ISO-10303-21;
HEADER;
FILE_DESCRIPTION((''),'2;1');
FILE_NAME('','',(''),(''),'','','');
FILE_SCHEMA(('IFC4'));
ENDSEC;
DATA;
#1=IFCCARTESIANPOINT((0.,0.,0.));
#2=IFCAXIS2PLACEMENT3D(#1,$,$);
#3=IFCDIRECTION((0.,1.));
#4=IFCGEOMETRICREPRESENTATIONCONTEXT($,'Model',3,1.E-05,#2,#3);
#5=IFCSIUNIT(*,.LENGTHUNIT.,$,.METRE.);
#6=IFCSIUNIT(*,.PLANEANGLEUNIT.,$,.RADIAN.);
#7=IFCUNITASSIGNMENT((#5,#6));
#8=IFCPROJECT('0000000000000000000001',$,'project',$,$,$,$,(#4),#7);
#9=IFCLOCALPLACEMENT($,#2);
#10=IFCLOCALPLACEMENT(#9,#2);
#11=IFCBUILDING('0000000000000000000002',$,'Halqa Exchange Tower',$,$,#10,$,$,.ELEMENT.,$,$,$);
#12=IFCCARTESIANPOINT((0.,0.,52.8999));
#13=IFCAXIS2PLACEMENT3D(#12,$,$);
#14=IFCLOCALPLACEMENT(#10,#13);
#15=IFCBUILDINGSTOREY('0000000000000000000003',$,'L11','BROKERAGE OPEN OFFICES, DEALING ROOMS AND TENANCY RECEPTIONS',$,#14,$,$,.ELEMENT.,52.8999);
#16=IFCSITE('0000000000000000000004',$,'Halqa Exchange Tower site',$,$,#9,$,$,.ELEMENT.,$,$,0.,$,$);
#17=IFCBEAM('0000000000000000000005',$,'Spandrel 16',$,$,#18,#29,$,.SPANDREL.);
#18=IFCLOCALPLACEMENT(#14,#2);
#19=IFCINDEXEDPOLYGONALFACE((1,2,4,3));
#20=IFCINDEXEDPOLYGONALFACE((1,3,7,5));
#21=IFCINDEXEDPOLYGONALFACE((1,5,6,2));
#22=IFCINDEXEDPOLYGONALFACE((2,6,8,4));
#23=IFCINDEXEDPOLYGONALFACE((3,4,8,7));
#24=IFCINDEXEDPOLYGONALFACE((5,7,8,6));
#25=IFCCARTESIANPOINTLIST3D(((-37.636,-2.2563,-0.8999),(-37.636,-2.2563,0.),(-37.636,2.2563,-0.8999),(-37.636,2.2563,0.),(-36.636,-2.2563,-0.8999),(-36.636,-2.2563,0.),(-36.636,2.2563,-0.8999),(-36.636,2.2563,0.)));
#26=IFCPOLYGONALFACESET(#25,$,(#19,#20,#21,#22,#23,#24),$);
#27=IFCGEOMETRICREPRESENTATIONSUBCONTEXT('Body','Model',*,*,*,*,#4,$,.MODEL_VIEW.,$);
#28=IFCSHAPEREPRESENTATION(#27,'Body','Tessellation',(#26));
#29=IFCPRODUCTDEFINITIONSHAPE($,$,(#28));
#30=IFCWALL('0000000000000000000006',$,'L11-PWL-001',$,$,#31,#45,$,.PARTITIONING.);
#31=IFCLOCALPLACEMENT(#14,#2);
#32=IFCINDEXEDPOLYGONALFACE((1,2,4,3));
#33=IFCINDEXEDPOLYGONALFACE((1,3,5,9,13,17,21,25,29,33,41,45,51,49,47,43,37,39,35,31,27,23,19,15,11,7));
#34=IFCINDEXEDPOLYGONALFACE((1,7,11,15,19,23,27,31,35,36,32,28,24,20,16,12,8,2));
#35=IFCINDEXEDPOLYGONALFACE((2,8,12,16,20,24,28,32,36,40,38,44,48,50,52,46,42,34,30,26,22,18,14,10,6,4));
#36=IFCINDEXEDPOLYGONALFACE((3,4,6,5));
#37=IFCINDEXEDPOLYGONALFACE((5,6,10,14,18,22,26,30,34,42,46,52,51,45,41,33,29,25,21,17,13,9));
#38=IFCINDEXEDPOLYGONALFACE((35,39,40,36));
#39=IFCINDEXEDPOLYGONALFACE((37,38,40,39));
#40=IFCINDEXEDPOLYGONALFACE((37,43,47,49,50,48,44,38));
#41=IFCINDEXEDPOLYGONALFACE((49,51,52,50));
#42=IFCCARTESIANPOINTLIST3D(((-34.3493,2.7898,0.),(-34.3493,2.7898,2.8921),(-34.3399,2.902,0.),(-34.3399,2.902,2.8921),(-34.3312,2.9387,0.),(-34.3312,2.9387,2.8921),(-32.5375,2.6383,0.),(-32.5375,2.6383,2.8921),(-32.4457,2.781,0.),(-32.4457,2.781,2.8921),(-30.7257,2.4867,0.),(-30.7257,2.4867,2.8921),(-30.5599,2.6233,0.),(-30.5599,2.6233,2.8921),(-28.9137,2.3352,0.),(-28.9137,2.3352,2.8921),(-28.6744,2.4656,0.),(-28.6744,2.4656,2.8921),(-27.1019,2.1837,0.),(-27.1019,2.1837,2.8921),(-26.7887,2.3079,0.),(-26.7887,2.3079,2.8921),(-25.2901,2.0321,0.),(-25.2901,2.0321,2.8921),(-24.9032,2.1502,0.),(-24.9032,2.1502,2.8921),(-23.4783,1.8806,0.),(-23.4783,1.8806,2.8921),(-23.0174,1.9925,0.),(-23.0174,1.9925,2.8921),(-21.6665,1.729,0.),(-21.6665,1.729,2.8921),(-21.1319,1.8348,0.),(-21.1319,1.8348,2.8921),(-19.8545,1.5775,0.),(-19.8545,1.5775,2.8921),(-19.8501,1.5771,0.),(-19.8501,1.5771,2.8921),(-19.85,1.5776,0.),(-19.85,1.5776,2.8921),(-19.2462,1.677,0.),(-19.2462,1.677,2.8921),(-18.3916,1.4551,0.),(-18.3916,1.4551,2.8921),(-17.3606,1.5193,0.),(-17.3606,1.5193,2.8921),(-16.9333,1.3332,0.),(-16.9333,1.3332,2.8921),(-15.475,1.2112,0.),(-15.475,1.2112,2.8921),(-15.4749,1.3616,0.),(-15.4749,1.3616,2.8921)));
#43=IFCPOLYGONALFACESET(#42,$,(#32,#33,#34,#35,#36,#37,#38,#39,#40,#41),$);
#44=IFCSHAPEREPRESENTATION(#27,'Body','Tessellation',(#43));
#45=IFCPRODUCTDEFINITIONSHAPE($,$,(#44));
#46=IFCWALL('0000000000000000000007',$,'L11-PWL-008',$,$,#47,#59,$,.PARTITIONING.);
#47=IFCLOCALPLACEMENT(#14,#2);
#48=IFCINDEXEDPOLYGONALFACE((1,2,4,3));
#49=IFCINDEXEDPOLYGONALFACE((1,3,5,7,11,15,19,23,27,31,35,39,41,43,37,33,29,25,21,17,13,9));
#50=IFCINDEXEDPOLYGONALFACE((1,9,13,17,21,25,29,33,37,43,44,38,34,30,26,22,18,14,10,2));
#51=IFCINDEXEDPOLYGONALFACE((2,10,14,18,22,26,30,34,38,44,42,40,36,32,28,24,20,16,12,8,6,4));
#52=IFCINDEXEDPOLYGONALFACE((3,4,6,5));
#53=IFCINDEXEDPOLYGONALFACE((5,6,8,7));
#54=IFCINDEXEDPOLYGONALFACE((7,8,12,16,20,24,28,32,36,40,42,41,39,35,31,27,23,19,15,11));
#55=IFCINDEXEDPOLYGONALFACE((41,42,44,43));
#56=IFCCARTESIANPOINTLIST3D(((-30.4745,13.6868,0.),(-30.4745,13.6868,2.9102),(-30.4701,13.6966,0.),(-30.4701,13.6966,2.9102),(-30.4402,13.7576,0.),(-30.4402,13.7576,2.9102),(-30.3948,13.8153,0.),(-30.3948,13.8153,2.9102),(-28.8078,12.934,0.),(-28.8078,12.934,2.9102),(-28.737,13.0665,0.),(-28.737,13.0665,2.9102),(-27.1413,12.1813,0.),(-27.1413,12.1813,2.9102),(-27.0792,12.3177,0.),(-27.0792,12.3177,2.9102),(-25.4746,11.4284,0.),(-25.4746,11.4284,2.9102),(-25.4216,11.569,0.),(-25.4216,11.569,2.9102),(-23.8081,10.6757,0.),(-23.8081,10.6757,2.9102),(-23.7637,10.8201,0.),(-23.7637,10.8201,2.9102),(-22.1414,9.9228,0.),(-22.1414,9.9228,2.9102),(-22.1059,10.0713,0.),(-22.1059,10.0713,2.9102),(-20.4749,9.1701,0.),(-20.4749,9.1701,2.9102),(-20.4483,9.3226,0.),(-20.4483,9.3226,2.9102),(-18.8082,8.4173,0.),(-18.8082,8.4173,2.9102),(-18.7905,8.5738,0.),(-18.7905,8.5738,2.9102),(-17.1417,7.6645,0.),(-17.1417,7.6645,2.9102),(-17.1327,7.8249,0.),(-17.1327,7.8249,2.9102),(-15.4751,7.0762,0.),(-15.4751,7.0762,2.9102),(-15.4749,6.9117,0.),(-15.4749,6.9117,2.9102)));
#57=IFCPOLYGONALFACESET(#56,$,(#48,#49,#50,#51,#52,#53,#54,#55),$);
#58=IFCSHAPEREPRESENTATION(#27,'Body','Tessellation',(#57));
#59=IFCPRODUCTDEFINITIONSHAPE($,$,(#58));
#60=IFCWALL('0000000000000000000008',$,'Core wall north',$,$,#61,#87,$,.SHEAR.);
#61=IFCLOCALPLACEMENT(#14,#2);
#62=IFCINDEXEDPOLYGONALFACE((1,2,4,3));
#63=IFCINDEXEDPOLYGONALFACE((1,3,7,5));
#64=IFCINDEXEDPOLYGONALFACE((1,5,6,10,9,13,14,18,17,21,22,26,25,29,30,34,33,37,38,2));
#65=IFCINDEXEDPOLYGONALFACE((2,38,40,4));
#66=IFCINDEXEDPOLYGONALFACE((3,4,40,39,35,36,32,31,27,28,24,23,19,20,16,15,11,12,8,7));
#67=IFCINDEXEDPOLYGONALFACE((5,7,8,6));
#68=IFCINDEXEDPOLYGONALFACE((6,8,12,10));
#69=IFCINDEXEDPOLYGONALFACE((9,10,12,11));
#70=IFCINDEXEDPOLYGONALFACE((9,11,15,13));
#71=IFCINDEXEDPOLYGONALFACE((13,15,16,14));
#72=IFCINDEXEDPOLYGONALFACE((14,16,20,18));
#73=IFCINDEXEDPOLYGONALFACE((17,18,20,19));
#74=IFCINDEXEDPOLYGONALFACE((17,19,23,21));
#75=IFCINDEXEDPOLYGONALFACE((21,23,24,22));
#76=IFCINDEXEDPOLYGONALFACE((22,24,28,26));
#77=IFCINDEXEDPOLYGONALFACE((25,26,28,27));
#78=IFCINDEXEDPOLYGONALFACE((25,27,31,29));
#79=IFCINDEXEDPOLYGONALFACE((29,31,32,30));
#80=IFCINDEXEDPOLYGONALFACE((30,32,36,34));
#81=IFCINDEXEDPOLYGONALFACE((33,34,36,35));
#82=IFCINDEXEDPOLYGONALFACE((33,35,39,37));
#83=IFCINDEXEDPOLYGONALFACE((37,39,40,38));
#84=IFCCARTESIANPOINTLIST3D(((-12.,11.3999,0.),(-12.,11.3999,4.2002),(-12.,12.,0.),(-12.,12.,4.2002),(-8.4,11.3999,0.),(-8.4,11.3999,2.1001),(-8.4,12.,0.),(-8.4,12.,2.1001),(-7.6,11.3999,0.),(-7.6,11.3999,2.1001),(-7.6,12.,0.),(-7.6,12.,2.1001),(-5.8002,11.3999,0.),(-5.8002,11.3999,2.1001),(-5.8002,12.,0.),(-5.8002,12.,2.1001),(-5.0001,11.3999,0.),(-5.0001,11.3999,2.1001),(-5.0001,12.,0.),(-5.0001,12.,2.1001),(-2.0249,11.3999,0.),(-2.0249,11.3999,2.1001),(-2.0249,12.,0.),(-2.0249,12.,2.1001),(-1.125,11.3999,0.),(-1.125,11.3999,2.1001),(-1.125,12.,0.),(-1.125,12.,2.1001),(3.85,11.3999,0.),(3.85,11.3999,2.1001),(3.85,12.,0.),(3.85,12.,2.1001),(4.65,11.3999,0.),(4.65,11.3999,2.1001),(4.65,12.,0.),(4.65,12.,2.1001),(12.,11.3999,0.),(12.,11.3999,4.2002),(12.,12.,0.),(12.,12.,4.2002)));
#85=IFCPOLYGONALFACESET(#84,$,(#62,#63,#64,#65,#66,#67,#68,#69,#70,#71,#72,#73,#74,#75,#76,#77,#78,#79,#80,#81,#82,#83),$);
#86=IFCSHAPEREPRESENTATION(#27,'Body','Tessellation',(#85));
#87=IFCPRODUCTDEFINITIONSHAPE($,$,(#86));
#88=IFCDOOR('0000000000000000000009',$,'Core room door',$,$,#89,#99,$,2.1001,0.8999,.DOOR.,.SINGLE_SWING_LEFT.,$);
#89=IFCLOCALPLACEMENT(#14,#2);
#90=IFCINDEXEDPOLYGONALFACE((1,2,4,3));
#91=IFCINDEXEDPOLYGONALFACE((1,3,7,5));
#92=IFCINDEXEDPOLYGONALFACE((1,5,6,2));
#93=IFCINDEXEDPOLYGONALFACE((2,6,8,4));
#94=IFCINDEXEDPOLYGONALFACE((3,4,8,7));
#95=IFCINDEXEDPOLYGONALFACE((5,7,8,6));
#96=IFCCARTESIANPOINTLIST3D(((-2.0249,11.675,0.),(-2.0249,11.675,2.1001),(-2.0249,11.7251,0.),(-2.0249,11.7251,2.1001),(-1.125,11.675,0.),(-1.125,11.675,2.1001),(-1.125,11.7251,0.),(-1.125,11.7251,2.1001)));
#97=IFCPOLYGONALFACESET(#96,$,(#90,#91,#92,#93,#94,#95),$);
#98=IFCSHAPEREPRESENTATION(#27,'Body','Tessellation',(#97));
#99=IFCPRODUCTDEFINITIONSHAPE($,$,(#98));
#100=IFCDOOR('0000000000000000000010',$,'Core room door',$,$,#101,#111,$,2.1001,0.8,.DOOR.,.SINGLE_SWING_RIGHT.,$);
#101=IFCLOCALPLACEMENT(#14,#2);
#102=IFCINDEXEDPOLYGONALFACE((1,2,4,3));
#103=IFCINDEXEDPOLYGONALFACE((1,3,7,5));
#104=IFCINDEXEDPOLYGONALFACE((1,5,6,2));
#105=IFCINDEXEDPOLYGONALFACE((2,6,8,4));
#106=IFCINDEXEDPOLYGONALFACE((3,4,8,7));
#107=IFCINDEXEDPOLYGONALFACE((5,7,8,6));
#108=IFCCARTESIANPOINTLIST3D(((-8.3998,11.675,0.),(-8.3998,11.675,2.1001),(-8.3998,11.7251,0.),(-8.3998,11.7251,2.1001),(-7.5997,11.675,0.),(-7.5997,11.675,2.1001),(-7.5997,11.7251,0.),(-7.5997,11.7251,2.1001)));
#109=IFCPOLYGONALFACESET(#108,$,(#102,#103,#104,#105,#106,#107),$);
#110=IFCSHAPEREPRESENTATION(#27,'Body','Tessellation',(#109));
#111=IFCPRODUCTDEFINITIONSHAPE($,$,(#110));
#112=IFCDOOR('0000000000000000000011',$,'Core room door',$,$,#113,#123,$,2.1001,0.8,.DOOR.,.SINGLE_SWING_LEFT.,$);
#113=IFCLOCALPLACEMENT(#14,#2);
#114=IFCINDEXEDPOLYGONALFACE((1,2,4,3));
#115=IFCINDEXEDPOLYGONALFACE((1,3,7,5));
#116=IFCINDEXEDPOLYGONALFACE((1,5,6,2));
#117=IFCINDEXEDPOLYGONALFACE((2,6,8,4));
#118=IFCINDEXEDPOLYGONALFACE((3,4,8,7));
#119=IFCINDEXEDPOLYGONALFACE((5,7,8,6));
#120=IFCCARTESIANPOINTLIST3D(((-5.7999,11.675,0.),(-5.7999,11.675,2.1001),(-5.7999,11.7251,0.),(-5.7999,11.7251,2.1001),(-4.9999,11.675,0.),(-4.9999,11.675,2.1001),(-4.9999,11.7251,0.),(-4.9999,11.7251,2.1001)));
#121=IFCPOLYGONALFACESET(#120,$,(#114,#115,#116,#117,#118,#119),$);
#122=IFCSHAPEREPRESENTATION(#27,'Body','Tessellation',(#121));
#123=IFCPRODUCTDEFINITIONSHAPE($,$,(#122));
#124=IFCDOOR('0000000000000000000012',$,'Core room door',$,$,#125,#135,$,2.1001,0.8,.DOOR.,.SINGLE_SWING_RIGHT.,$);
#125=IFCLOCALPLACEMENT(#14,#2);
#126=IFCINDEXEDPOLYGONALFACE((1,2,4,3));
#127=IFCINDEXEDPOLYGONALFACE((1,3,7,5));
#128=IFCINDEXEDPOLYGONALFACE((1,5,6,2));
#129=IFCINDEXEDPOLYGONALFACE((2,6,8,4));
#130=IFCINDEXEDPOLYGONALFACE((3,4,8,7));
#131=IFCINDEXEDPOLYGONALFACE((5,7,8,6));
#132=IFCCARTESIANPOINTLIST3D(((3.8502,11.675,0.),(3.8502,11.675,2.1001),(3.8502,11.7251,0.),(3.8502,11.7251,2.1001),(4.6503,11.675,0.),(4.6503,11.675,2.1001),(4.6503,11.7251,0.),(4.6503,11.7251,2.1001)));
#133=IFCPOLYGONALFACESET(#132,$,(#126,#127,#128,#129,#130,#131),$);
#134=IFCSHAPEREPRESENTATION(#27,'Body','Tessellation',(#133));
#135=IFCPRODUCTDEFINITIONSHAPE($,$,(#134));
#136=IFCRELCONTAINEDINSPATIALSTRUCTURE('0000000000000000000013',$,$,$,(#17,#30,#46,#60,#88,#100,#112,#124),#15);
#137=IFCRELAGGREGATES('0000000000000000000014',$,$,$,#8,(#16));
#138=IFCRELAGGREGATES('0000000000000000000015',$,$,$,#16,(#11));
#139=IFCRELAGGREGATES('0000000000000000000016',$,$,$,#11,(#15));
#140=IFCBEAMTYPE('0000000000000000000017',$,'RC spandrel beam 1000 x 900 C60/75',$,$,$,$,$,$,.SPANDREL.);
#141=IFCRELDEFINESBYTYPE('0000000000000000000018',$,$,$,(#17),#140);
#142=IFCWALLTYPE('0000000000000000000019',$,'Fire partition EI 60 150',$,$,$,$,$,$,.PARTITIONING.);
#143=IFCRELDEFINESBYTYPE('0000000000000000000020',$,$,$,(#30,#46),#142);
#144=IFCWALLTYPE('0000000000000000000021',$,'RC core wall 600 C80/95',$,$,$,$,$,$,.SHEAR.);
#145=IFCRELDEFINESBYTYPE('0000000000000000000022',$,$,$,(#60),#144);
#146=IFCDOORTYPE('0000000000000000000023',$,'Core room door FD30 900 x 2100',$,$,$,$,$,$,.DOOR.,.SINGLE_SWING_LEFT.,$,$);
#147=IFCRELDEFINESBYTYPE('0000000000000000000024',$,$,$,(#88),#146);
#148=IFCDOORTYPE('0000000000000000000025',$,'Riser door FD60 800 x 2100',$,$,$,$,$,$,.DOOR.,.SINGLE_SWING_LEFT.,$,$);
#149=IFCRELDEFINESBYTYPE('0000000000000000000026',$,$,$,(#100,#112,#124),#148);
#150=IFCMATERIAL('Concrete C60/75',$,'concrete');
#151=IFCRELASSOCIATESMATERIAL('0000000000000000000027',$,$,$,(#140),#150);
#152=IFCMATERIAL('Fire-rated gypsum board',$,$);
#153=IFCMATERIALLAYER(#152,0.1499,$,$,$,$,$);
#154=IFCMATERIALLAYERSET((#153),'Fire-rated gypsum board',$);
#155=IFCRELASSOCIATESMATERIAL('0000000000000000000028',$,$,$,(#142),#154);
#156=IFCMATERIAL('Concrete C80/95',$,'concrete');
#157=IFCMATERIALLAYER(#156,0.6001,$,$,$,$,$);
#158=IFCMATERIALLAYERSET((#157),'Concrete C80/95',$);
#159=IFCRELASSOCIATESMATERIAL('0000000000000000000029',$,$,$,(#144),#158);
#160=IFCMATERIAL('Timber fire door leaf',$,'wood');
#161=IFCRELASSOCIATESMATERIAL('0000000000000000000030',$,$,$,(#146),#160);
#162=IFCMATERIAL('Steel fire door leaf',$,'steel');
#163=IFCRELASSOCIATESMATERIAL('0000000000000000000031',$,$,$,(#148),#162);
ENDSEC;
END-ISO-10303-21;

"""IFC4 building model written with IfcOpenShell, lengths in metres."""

from ifc_helpers import new_model, si_unit, direction, frame, frame_2d, origin, origin_2d, place, context, subcontext, project, spatial, polyline, rectangle, outline, extrude, material, layer, layer_set, material_profile, profile_set, type_object, element, fill, save


model = new_model("IFC4")

# Units and contexts
model_context = context("Model", 3, precision=1e-05, world=origin(), true_north=direction((0.0, 1.0)))
body_context = subcontext(model_context, "Body", "Model", "MODEL_VIEW")
ifc_project = project(units=[si_unit("LENGTHUNIT", "METRE"), si_unit("PLANEANGLEUNIT", "RADIAN")], contexts=[model_context])

# Site, building, storey
site_placement = place(None, origin())
site = spatial("IfcSite", under=ifc_project, at=site_placement, Name="Halqa Exchange Tower site", CompositionType="ELEMENT", RefElevation=0.0)
building_placement = place(site_placement, origin())
building = spatial("IfcBuilding", under=site, at=building_placement, Name="Halqa Exchange Tower", CompositionType="ELEMENT")
storey_placement = place(building_placement, frame((0.0, 0.0, 52.8999)))
storey = spatial("IfcBuildingStorey", under=building, at=storey_placement, Name="L11", Description="BROKERAGE OPEN OFFICES, DEALING ROOMS AND TENANCY RECEPTIONS", CompositionType="ELEMENT", Elevation=52.8999)

# Shared definitions
ifc_material_1 = material(Name="Concrete C80/95", Category="concrete")

# Beam
ifc_material_2 = material(Name="Concrete C60/75", Category="concrete")
ifc_material_profile_1 = material_profile(ifc_material_2, rectangle(XDim=1.0, YDim=0.8999, at=origin_2d()), Name="1000 x 900")
ifc_profile_set_1 = profile_set([ifc_material_profile_1], Name="Concrete C60/75")
beam_type_1 = type_object("IfcBeamType", Name="RC spandrel beam 1000 x 900 C60/75", PredefinedType="SPANDREL", material=ifc_profile_set_1)
beam_1_placement = place(storey_placement, frame((-37.136, 2.2563, -0.45), z_axis=(0.0, -1.0, 0.0), x_axis=(1.0, 0.0, 0.0)))
element("IfcBeam", 1, at=beam_1_placement, inside=storey, type_object=beam_type_1, Name="Spandrel 16", PredefinedType="SPANDREL", context=body_context, shape_type="SweptSolid", body=[
    extrude(rectangle(XDim=1.0, YDim=0.8999, at=origin_2d()), origin(), (0.0, 0.0, 1.0), 4.5127),
])

# Walls
ifc_material_3 = material(Name="Fire-rated gypsum board")
ifc_layer_1 = layer(ifc_material_3, 0.1499)
ifc_layer_set_1 = layer_set([ifc_layer_1], Name="Fire-rated gypsum board")
wall_type_1 = type_object("IfcWallType", Name="Fire partition EI 60 150", PredefinedType="PARTITIONING", material=ifc_layer_set_1)
wall_1_placement = place(storey_placement, frame((-34.343, 2.8645, 0.0), z_axis=(0.0, 0.0, 1.0), x_axis=(0.996521, -0.083347, 0.0)))
element("IfcWall", 2, at=wall_1_placement, inside=storey, type_object=wall_type_1, Name="L11-PWL-001", PredefinedType="PARTITIONING", context=body_context, shape_type="SweptSolid", body=[
    extrude(outline(polyline([(0.0, -0.075), (1.8181, -0.075), (3.6362, -0.075), (5.4546, -0.075), (7.2727, -0.075), (9.0908, -0.075), (10.9089, -0.075), (12.7271, -0.075), (14.5454, -0.075), (14.5498, -0.0745), (14.5498, -0.075), (16.0134, -0.075), (17.4768, -0.075), (18.9402, -0.075), (18.9277, 0.075), (17.0354, 0.075), (15.1433, 0.075), (13.251, 0.075), (11.3589, 0.075), (9.4666, 0.075), (7.5745, 0.075), (5.6821, 0.075), (3.79, 0.075), (1.8977, 0.075), (0.0056, 0.075), (0.0, 0.0376), (0.0, -0.075)])), origin(), (0.0, 0.0, 1.0), 2.8921),
])
wall_2_placement = place(storey_placement, frame((-15.4441, 6.98, 0.0), z_axis=(0.0, 0.0, 1.0), x_axis=(-0.911344, 0.411646, 0.0)))
element("IfcWall", 3, at=wall_2_placement, inside=storey, type_object=wall_type_1, Name="L11-PWL-008", PredefinedType="PARTITIONING", context=body_context, shape_type="SweptSolid", body=[
    extrude(outline(polyline([(0.0679, -0.075), (1.8867, -0.075), (3.7058, -0.075), (5.5249, -0.075), (7.3438, -0.075), (9.1628, -0.075), (10.9819, -0.075), (12.8008, -0.075), (14.6199, -0.075), (16.439, -0.075), (16.4565, -0.0037), (16.4587, 0.0642), (16.4587, 0.075), (14.6299, 0.075), (12.8013, 0.075), (10.9724, 0.075), (9.1438, 0.075), (7.3149, 0.075), (5.4863, 0.075), (3.6575, 0.075), (1.8289, 0.075), (0.0, 0.075), (0.0679, -0.075)])), origin(), (0.0, 0.0, 1.0), 2.9102),
])

# Wall, openings, doors
ifc_layer_2 = layer(ifc_material_1, 0.6001)
ifc_layer_set_2 = layer_set([ifc_layer_2], Name="Concrete C80/95")
wall_type_2 = type_object("IfcWallType", Name="RC core wall 600 C80/95", PredefinedType="SHEAR", material=ifc_layer_set_2)
wall_3_placement = place(storey_placement, frame((-12.0, 11.7, 0.0), z_axis=(0.0, 0.0, 1.0), x_axis=(1.0, 0.0, 0.0)))
wall_3 = element("IfcWall", 4, at=wall_3_placement, inside=storey, type_object=wall_type_2, Name="Core wall north", PredefinedType="SHEAR", context=body_context, shape_type="SweptSolid", body=[
    extrude(rectangle(XDim=24.0, YDim=0.6001, at=frame_2d((12.0, 0.0))), origin(), (0.0, 0.0, 1.0), 4.2002),
])
opening_1_placement = place(wall_3_placement, frame((9.9751, 0.0, 0.0)))
opening_1 = element("IfcOpeningElement", 5, at=opening_1_placement, cuts=wall_3, PredefinedType="OPENING", context=body_context, shape_type="SweptSolid", body=[
    extrude(rectangle(XDim=0.8999, YDim=2.1001, at=frame_2d((0.45, 1.05))), frame((0.0, 0.312, 0.0), z_axis=(0.0, -1.0, 0.0), x_axis=(1.0, 0.0, 0.0)), (0.0, 0.0, 1.0), 0.624),
])
opening_2_placement = place(wall_3_placement, frame((3.6001, 0.0, 0.0)))
opening_2 = element("IfcOpeningElement", 6, at=opening_2_placement, cuts=wall_3, PredefinedType="OPENING", context=body_context, shape_type="SweptSolid", body=[
    extrude(rectangle(XDim=0.8, YDim=2.1001, at=frame_2d((0.3999, 1.05))), frame((0.0, 0.312, 0.0), z_axis=(0.0, -1.0, 0.0), x_axis=(1.0, 0.0, 0.0)), (0.0, 0.0, 1.0), 0.624),
])
opening_3_placement = place(wall_3_placement, frame((6.2, 0.0, 0.0)))
opening_3 = element("IfcOpeningElement", 7, at=opening_3_placement, cuts=wall_3, PredefinedType="OPENING", context=body_context, shape_type="SweptSolid", body=[
    extrude(rectangle(XDim=0.8, YDim=2.1001, at=frame_2d((0.3999, 1.05))), frame((0.0, 0.312, 0.0), z_axis=(0.0, -1.0, 0.0), x_axis=(1.0, 0.0, 0.0)), (0.0, 0.0, 1.0), 0.624),
])
opening_4_placement = place(wall_3_placement, frame((15.8501, 0.0, 0.0)))
opening_4 = element("IfcOpeningElement", 8, at=opening_4_placement, cuts=wall_3, PredefinedType="OPENING", context=body_context, shape_type="SweptSolid", body=[
    extrude(rectangle(XDim=0.8, YDim=2.1001, at=frame_2d((0.3999, 1.05))), frame((0.0, 0.312, 0.0), z_axis=(0.0, -1.0, 0.0), x_axis=(1.0, 0.0, 0.0)), (0.0, 0.0, 1.0), 0.624),
])
ifc_material_4 = material(Name="Timber fire door leaf", Category="wood")
door_type_1 = type_object("IfcDoorType", Name="Core room door FD30 900 x 2100", OperationType="SINGLE_SWING_LEFT", PredefinedType="DOOR", material=ifc_material_4)
door_1_placement = place(opening_1_placement, frame((0.8999, 0.0, 0.0), z_axis=(0.0, 0.0, 1.0), x_axis=(-1.0, 0.0, 0.0)))
door_1 = element("IfcDoor", 9, at=door_1_placement, inside=storey, type_object=door_type_1, Name="Core room door", OperationType="SINGLE_SWING_LEFT", OverallHeight=2.1001, OverallWidth=0.8999, PredefinedType="DOOR", context=body_context, shape_type="SweptSolid", body=[
    extrude(rectangle(XDim=0.8999, YDim=2.1001, at=frame_2d((0.45, 1.05))), frame((0.0, 0.0249, 0.0), z_axis=(0.0, -1.0, 0.0), x_axis=(1.0, 0.0, 0.0)), (0.0, 0.0, 1.0), 0.05),
])
fill(opening_1, door_1)
ifc_material_5 = material(Name="Steel fire door leaf", Category="steel")
door_type_2 = type_object("IfcDoorType", Name="Riser door FD60 800 x 2100", OperationType="SINGLE_SWING_LEFT", PredefinedType="DOOR", material=ifc_material_5)
door_2_placement = place(opening_2_placement, frame((0.8, 0.0, 0.0), z_axis=(0.0, 0.0, 1.0), x_axis=(-1.0, 0.0, 0.0)))
door_2 = element("IfcDoor", 10, at=door_2_placement, inside=storey, type_object=door_type_2, Name="Core room door", OperationType="SINGLE_SWING_RIGHT", OverallHeight=2.1001, OverallWidth=0.8, PredefinedType="DOOR", context=body_context, shape_type="SweptSolid", body=[
    extrude(rectangle(XDim=0.8, YDim=2.1001, at=frame_2d((0.3999, 1.05))), frame((0.0, 0.0249, 0.0), z_axis=(0.0, -1.0, 0.0), x_axis=(1.0, 0.0, 0.0)), (0.0, 0.0, 1.0), 0.05),
])
fill(opening_2, door_2)
door_3_placement = place(opening_3_placement, frame((0.8, 0.0, 0.0), z_axis=(0.0, 0.0, 1.0), x_axis=(-1.0, 0.0, 0.0)))
door_3 = element("IfcDoor", 11, at=door_3_placement, inside=storey, type_object=door_type_2, Name="Core room door", OperationType="SINGLE_SWING_LEFT", OverallHeight=2.1001, OverallWidth=0.8, PredefinedType="DOOR", context=body_context, shape_type="SweptSolid", body=[
    extrude(rectangle(XDim=0.8, YDim=2.1001, at=frame_2d((0.3999, 1.05))), frame((0.0, 0.0249, 0.0), z_axis=(0.0, -1.0, 0.0), x_axis=(1.0, 0.0, 0.0)), (0.0, 0.0, 1.0), 0.05),
])
fill(opening_3, door_3)
door_4_placement = place(opening_4_placement, frame((0.8, 0.0, 0.0), z_axis=(0.0, 0.0, 1.0), x_axis=(-1.0, 0.0, 0.0)))
door_4 = element("IfcDoor", 12, at=door_4_placement, inside=storey, type_object=door_type_2, Name="Core room door", OperationType="SINGLE_SWING_RIGHT", OverallHeight=2.1001, OverallWidth=0.8, PredefinedType="DOOR", context=body_context, shape_type="SweptSolid", body=[
    extrude(rectangle(XDim=0.8, YDim=2.1001, at=frame_2d((0.3999, 1.05))), frame((0.0, 0.0249, 0.0), z_axis=(0.0, -1.0, 0.0), x_axis=(1.0, 0.0, 0.0)), (0.0, 0.0, 1.0), 0.05),
])
fill(opening_4, door_4)

save(model, "model.ifc")
